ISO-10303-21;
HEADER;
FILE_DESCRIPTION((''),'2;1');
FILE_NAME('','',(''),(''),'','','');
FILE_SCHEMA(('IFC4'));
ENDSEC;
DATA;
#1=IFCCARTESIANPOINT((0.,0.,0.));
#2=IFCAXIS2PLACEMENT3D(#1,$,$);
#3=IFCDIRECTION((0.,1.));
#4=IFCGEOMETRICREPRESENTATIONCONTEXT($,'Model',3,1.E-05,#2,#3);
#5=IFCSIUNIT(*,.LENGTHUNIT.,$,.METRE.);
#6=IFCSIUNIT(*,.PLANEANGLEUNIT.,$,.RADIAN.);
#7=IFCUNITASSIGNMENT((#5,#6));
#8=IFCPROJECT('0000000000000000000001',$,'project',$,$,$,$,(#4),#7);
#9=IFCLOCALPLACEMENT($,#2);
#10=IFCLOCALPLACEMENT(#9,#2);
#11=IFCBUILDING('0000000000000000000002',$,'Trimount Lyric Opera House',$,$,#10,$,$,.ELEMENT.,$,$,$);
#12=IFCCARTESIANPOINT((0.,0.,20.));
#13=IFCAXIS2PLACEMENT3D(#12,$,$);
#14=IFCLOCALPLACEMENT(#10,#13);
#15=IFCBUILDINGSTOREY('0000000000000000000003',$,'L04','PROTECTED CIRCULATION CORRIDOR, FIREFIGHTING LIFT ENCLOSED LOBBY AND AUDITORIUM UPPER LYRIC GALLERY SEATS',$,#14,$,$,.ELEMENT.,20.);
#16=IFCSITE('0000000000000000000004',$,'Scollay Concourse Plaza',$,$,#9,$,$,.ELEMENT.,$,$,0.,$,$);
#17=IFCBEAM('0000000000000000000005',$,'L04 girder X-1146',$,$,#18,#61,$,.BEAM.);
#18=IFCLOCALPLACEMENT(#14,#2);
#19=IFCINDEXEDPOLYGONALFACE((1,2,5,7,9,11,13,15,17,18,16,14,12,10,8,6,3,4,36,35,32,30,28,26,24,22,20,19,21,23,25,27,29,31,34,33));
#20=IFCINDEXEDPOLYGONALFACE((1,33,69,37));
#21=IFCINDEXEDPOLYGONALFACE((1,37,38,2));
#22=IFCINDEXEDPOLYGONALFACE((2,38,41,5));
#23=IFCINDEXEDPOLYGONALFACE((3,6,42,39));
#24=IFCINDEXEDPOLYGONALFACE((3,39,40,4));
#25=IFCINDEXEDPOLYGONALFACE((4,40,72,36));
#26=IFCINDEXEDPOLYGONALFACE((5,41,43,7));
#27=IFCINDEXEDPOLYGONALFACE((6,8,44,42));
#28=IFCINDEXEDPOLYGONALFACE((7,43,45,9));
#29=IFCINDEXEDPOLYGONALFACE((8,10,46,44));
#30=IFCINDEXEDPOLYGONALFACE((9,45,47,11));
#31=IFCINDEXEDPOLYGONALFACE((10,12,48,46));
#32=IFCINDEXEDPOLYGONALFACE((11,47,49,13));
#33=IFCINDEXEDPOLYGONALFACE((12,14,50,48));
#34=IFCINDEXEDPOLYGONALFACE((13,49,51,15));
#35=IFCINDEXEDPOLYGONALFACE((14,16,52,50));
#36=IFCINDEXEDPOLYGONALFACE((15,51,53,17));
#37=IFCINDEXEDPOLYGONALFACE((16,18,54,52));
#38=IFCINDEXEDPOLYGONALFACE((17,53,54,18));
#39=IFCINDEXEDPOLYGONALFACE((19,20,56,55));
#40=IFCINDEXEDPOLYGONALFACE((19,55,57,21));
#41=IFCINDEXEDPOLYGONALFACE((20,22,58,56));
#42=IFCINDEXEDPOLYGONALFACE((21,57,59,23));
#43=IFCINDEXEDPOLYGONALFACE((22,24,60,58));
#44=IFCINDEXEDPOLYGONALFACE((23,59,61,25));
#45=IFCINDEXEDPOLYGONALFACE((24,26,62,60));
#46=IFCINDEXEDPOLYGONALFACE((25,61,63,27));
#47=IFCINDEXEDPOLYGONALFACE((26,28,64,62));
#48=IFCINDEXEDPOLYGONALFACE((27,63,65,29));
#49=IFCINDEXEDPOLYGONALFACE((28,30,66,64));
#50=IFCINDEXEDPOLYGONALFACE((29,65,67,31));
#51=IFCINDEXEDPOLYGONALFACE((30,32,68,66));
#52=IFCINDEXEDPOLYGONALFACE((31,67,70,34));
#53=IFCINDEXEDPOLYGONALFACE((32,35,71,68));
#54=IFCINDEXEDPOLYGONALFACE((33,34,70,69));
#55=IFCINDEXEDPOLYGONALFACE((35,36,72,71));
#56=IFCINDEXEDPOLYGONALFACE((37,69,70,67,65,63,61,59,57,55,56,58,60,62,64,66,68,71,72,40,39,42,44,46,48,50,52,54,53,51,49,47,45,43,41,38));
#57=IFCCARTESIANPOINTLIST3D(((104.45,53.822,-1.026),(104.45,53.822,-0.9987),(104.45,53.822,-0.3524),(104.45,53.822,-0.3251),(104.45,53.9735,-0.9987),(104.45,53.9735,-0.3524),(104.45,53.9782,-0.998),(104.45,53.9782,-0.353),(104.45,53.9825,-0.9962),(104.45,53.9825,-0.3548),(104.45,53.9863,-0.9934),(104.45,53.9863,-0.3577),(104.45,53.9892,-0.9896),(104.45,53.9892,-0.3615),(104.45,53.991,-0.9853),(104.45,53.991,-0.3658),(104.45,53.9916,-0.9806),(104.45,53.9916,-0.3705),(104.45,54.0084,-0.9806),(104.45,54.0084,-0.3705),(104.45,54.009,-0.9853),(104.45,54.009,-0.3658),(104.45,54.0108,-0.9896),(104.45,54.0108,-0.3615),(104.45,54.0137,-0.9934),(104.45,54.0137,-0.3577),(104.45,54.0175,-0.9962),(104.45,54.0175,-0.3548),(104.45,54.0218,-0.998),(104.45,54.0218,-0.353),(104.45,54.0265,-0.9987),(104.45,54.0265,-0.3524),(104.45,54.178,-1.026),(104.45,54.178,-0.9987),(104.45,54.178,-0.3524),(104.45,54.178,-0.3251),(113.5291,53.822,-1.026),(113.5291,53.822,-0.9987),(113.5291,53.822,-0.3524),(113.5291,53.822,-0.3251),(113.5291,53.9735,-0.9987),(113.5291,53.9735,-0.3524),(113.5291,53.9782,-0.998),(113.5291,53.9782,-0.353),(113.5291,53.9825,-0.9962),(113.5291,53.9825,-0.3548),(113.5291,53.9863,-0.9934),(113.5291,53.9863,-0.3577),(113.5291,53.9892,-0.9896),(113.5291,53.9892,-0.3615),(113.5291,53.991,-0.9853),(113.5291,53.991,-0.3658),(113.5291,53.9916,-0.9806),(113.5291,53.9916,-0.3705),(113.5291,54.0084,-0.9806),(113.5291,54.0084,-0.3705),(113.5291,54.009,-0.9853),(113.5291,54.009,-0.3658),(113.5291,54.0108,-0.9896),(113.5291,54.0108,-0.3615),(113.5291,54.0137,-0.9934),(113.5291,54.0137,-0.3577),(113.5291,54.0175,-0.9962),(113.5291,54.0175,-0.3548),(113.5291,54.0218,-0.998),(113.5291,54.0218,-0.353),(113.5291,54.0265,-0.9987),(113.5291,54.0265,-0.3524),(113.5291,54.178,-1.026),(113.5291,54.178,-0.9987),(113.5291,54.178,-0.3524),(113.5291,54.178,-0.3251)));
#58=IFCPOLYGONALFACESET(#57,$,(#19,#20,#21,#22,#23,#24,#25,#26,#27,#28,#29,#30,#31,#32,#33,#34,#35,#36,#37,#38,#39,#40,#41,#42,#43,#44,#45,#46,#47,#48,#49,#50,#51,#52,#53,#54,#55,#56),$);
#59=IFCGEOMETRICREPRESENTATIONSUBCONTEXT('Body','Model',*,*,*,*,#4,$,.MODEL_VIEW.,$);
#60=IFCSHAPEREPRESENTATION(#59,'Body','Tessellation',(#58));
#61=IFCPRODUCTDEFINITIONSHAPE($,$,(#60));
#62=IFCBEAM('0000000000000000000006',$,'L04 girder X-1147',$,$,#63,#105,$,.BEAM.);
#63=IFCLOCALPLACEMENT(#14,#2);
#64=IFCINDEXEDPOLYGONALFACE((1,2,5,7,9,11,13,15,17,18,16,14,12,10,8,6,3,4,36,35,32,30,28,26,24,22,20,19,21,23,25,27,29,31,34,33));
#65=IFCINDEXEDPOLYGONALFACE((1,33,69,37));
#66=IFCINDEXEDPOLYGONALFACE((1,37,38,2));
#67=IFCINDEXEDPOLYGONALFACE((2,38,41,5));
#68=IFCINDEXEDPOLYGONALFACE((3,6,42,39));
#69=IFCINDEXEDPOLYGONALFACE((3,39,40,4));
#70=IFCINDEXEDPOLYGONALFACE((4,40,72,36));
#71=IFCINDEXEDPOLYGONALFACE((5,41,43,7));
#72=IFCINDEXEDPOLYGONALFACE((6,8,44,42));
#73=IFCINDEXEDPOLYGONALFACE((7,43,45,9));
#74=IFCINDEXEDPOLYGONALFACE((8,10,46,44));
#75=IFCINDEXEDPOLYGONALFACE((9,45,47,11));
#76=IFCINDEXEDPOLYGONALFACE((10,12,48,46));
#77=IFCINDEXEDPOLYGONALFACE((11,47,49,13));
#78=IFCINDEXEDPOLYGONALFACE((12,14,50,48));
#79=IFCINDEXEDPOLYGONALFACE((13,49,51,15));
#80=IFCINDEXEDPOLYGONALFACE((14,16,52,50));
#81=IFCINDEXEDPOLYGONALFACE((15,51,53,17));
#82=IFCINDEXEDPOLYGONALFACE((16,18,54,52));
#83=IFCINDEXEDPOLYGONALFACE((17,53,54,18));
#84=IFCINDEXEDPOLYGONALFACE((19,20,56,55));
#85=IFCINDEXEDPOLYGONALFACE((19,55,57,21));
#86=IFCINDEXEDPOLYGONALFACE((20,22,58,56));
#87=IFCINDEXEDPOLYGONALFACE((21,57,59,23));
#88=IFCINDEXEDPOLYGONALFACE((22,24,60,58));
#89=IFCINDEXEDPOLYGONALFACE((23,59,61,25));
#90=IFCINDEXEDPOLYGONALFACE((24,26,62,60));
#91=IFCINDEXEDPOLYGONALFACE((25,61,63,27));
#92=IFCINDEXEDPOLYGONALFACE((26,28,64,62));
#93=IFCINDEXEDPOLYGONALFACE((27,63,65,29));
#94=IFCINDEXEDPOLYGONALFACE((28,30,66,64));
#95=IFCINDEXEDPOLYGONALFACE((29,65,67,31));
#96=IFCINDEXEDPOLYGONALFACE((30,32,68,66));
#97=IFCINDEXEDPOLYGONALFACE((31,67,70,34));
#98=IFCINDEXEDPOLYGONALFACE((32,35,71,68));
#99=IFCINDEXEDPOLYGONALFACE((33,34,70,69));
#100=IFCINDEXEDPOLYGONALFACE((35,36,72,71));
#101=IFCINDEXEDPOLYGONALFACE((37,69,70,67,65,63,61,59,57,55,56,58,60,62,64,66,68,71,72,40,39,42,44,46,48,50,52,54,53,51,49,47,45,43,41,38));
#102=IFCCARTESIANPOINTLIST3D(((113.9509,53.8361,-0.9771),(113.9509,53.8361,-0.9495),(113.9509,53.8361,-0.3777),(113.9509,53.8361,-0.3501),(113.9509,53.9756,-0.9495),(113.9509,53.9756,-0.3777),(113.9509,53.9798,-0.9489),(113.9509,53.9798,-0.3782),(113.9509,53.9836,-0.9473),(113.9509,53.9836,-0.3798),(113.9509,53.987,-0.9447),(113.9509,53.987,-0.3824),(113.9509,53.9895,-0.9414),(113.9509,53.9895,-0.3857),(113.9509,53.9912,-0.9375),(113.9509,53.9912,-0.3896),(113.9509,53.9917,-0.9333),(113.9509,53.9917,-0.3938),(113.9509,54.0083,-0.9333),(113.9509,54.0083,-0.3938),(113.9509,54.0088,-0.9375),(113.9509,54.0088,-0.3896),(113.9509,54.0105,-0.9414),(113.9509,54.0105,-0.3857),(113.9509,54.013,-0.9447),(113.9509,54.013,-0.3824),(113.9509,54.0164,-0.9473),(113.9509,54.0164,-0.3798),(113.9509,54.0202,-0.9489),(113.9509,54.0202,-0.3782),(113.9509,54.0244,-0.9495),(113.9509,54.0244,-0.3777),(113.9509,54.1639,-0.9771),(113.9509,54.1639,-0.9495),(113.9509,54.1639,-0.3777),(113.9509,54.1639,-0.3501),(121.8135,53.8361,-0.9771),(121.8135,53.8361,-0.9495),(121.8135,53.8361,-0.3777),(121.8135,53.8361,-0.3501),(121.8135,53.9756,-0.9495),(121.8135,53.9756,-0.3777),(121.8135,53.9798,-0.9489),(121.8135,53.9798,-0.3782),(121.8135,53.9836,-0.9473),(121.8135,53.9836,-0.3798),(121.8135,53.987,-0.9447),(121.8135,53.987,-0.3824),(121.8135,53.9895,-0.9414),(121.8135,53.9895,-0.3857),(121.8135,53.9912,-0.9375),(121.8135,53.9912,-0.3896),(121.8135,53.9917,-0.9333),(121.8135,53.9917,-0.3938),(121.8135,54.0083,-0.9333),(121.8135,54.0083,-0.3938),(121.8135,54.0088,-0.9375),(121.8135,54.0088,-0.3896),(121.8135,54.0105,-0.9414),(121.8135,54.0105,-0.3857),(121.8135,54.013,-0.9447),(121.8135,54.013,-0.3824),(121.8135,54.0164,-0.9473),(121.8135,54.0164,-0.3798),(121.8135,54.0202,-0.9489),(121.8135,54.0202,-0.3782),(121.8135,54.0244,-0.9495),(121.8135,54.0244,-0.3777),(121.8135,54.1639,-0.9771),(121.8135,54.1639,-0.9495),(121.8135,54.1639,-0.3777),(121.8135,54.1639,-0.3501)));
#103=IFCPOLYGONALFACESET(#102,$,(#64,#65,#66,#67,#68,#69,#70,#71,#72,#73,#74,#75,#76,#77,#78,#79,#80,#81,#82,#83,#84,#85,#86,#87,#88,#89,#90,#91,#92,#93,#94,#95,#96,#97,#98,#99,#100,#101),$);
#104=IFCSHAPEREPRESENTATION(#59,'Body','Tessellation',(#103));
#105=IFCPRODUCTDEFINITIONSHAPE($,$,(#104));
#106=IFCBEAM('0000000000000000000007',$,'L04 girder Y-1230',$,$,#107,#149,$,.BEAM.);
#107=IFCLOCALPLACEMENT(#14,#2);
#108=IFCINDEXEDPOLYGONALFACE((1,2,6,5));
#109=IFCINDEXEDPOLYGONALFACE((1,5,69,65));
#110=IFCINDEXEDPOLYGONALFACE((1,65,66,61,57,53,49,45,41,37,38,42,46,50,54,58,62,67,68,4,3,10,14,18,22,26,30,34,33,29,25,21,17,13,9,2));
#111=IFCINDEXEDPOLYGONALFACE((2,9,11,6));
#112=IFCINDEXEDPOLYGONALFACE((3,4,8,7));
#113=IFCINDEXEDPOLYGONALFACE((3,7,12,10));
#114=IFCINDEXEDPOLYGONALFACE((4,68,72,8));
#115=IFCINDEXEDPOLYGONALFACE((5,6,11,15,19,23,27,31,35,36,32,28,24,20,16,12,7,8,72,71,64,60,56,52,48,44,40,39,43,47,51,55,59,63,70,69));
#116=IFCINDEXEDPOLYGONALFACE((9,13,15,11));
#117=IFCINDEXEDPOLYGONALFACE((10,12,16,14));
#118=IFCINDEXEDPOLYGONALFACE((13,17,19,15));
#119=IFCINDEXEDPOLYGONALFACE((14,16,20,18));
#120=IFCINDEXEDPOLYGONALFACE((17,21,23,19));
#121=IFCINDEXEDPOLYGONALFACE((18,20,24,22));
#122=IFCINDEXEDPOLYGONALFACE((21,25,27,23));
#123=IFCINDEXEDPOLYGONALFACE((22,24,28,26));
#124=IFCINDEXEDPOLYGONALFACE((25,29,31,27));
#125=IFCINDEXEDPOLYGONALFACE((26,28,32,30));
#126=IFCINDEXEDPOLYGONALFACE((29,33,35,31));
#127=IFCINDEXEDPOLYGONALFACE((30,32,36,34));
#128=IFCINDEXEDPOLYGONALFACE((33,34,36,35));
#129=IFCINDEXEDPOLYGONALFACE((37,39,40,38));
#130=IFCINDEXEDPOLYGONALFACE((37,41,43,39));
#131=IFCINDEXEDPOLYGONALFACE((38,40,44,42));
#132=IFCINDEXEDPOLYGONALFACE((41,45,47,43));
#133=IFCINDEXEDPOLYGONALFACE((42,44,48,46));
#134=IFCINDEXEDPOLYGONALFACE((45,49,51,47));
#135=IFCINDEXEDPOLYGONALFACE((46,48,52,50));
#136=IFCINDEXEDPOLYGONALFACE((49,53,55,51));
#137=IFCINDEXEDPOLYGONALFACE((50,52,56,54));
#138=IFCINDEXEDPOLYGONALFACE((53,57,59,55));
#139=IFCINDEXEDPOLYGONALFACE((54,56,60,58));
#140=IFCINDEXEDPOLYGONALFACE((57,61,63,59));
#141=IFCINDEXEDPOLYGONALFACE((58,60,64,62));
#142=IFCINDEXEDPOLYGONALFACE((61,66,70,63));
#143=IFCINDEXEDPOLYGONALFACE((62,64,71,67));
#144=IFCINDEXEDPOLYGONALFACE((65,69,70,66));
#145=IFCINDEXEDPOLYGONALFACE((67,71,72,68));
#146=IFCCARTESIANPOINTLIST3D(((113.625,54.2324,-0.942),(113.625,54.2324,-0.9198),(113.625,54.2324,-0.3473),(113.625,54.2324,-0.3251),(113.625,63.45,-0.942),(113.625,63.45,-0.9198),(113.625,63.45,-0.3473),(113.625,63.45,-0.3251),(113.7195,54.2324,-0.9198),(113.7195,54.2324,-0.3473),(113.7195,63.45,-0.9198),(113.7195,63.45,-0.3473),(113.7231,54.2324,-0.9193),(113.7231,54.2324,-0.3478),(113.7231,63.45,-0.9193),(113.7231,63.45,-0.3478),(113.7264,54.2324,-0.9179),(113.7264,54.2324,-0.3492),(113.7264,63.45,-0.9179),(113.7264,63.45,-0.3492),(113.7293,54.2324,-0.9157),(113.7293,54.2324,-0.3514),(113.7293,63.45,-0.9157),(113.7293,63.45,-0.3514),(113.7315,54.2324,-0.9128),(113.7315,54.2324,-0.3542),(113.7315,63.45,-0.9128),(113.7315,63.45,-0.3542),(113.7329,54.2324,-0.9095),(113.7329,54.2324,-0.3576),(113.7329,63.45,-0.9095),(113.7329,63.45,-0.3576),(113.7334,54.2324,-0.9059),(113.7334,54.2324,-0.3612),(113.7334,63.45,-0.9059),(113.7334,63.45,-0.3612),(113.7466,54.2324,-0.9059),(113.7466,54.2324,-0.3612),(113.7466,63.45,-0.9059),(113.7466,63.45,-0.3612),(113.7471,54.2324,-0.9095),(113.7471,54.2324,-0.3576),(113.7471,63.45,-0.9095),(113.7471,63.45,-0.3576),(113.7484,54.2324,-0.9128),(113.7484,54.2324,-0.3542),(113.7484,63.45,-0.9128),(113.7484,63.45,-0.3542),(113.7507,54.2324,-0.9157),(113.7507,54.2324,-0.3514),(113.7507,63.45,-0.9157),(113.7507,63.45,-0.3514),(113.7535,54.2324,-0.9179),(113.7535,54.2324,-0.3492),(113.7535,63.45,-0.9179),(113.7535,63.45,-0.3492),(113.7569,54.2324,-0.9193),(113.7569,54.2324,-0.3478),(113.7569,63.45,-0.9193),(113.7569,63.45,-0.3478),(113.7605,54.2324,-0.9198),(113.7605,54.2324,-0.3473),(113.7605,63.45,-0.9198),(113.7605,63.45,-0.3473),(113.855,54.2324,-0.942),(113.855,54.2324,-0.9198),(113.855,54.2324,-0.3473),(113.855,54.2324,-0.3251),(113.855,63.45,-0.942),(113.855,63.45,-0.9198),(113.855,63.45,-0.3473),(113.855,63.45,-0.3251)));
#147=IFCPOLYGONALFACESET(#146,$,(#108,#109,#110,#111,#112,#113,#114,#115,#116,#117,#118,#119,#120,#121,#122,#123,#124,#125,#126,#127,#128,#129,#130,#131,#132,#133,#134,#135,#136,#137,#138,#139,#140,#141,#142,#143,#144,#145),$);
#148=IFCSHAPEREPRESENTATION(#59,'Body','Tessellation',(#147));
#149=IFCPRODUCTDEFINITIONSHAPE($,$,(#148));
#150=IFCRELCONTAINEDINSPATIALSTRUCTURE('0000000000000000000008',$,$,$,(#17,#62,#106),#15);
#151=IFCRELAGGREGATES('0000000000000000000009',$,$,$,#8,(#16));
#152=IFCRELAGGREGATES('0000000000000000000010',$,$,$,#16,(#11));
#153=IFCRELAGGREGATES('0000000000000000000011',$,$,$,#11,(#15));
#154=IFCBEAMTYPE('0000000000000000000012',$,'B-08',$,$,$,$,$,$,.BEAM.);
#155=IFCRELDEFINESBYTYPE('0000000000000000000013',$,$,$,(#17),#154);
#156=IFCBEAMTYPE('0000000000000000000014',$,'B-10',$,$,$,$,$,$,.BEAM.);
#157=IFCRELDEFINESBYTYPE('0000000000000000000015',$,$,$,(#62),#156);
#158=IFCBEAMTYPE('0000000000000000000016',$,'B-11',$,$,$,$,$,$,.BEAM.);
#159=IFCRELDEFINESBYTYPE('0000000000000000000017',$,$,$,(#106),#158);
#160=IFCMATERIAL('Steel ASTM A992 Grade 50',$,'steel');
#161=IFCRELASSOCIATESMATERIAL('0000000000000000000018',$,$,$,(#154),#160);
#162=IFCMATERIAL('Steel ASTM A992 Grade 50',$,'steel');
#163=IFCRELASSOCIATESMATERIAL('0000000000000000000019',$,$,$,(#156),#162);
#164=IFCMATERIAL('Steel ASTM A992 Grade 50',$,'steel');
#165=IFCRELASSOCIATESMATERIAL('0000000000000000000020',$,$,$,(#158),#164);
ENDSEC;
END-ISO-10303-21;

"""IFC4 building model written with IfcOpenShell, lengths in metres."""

from ifc_helpers import new_model, si_unit, direction, frame, origin, origin_2d, place, context, subcontext, project, spatial, i_section, extrude, material, material_profile, profile_set, type_object, element, save


model = new_model("IFC4")

# Units and contexts
model_context = context("Model", 3, precision=1e-05, world=origin(), true_north=direction((0.0, 1.0)))
body_context = subcontext(model_context, "Body", "Model", "MODEL_VIEW")
ifc_project = project(units=[si_unit("LENGTHUNIT", "METRE"), si_unit("PLANEANGLEUNIT", "RADIAN")], contexts=[model_context])

# Site, building, storey
site_placement = place(None, origin())
site = spatial("IfcSite", under=ifc_project, at=site_placement, Name="Scollay Concourse Plaza", CompositionType="ELEMENT", RefElevation=0.0)
building_placement = place(site_placement, origin())
building = spatial("IfcBuilding", under=site, at=building_placement, Name="Trimount Lyric Opera House", CompositionType="ELEMENT")
storey_placement = place(building_placement, frame((0.0, 0.0, 20.0)))
storey = spatial("IfcBuildingStorey", under=building, at=storey_placement, Name="L04", Description="PROTECTED CIRCULATION CORRIDOR, FIREFIGHTING LIFT ENCLOSED LOBBY AND AUDITORIUM UPPER LYRIC GALLERY SEATS", CompositionType="ELEMENT", Elevation=20.0)

# Beams
ifc_material_1 = material(Name="Steel ASTM A992 Grade 50", Category="steel")
ifc_material_profile_1 = material_profile(ifc_material_1, i_section(OverallWidth=0.356, OverallDepth=0.7009, WebThickness=0.0168, FlangeThickness=0.0273, FilletRadius=0.0181, at=origin_2d()), Name="W27X161")
ifc_profile_set_1 = profile_set([ifc_material_profile_1], Name="Steel ASTM A992 Grade 50")
beam_type_1 = type_object("IfcBeamType", Name="B-08", PredefinedType="BEAM", material=ifc_profile_set_1)
beam_1_placement = place(storey_placement, frame((104.45, 54.0, -0.6755), z_axis=(1.0, 0.0, 0.0), x_axis=(0.0, 1.0, 0.0)))
element("IfcBeam", 1, at=beam_1_placement, inside=storey, type_object=beam_type_1, Name="L04 girder X-1146", PredefinedType="BEAM", context=body_context, shape_type="SweptSolid", body=[
    extrude(i_section(OverallWidth=0.356, OverallDepth=0.7009, WebThickness=0.0168, FlangeThickness=0.0273, FilletRadius=0.0181, at=origin_2d()), origin(), (0.0, 0.0, 1.0), 9.0791),
])
ifc_material_2 = material(Name="Steel ASTM A992 Grade 50", Category="steel")
ifc_material_profile_2 = material_profile(ifc_material_2, i_section(OverallWidth=0.3279, OverallDepth=0.627, WebThickness=0.0166, FlangeThickness=0.0276, FilletRadius=0.0161, at=origin_2d()), Name="W24X146")
ifc_profile_set_2 = profile_set([ifc_material_profile_2], Name="Steel ASTM A992 Grade 50")
beam_type_2 = type_object("IfcBeamType", Name="B-10", PredefinedType="BEAM", material=ifc_profile_set_2)
beam_2_placement = place(storey_placement, frame((113.9509, 54.0, -0.6636), z_axis=(1.0, 0.0, 0.0), x_axis=(0.0, 1.0, 0.0)))
element("IfcBeam", 2, at=beam_2_placement, inside=storey, type_object=beam_type_2, Name="L04 girder X-1147", PredefinedType="BEAM", context=body_context, shape_type="SweptSolid", body=[
    extrude(i_section(OverallWidth=0.3279, OverallDepth=0.627, WebThickness=0.0166, FlangeThickness=0.0276, FilletRadius=0.0161, at=origin_2d()), origin(), (0.0, 0.0, 1.0), 7.8625),
])
ifc_material_3 = material(Name="Steel ASTM A992 Grade 50", Category="steel")
ifc_material_profile_3 = material_profile(ifc_material_3, i_section(OverallWidth=0.23, OverallDepth=0.6169, WebThickness=0.0132, FlangeThickness=0.0222, FilletRadius=0.0139, at=origin_2d()), Name="W24X94")
ifc_profile_set_3 = profile_set([ifc_material_profile_3], Name="Steel ASTM A992 Grade 50")
beam_type_3 = type_object("IfcBeamType", Name="B-11", PredefinedType="BEAM", material=ifc_profile_set_3)
beam_3_placement = place(storey_placement, frame((113.74, 54.2324, -0.6335), z_axis=(0.0, 1.0, 0.0), x_axis=(-1.0, 0.0, 0.0)))
element("IfcBeam", 3, at=beam_3_placement, inside=storey, type_object=beam_type_3, Name="L04 girder Y-1230", PredefinedType="BEAM", context=body_context, shape_type="SweptSolid", body=[
    extrude(i_section(OverallWidth=0.23, OverallDepth=0.6169, WebThickness=0.0132, FlangeThickness=0.0222, FilletRadius=0.0139, at=origin_2d()), origin(), (0.0, 0.0, 1.0), 9.2175),
])

save(model, "model.ifc")
